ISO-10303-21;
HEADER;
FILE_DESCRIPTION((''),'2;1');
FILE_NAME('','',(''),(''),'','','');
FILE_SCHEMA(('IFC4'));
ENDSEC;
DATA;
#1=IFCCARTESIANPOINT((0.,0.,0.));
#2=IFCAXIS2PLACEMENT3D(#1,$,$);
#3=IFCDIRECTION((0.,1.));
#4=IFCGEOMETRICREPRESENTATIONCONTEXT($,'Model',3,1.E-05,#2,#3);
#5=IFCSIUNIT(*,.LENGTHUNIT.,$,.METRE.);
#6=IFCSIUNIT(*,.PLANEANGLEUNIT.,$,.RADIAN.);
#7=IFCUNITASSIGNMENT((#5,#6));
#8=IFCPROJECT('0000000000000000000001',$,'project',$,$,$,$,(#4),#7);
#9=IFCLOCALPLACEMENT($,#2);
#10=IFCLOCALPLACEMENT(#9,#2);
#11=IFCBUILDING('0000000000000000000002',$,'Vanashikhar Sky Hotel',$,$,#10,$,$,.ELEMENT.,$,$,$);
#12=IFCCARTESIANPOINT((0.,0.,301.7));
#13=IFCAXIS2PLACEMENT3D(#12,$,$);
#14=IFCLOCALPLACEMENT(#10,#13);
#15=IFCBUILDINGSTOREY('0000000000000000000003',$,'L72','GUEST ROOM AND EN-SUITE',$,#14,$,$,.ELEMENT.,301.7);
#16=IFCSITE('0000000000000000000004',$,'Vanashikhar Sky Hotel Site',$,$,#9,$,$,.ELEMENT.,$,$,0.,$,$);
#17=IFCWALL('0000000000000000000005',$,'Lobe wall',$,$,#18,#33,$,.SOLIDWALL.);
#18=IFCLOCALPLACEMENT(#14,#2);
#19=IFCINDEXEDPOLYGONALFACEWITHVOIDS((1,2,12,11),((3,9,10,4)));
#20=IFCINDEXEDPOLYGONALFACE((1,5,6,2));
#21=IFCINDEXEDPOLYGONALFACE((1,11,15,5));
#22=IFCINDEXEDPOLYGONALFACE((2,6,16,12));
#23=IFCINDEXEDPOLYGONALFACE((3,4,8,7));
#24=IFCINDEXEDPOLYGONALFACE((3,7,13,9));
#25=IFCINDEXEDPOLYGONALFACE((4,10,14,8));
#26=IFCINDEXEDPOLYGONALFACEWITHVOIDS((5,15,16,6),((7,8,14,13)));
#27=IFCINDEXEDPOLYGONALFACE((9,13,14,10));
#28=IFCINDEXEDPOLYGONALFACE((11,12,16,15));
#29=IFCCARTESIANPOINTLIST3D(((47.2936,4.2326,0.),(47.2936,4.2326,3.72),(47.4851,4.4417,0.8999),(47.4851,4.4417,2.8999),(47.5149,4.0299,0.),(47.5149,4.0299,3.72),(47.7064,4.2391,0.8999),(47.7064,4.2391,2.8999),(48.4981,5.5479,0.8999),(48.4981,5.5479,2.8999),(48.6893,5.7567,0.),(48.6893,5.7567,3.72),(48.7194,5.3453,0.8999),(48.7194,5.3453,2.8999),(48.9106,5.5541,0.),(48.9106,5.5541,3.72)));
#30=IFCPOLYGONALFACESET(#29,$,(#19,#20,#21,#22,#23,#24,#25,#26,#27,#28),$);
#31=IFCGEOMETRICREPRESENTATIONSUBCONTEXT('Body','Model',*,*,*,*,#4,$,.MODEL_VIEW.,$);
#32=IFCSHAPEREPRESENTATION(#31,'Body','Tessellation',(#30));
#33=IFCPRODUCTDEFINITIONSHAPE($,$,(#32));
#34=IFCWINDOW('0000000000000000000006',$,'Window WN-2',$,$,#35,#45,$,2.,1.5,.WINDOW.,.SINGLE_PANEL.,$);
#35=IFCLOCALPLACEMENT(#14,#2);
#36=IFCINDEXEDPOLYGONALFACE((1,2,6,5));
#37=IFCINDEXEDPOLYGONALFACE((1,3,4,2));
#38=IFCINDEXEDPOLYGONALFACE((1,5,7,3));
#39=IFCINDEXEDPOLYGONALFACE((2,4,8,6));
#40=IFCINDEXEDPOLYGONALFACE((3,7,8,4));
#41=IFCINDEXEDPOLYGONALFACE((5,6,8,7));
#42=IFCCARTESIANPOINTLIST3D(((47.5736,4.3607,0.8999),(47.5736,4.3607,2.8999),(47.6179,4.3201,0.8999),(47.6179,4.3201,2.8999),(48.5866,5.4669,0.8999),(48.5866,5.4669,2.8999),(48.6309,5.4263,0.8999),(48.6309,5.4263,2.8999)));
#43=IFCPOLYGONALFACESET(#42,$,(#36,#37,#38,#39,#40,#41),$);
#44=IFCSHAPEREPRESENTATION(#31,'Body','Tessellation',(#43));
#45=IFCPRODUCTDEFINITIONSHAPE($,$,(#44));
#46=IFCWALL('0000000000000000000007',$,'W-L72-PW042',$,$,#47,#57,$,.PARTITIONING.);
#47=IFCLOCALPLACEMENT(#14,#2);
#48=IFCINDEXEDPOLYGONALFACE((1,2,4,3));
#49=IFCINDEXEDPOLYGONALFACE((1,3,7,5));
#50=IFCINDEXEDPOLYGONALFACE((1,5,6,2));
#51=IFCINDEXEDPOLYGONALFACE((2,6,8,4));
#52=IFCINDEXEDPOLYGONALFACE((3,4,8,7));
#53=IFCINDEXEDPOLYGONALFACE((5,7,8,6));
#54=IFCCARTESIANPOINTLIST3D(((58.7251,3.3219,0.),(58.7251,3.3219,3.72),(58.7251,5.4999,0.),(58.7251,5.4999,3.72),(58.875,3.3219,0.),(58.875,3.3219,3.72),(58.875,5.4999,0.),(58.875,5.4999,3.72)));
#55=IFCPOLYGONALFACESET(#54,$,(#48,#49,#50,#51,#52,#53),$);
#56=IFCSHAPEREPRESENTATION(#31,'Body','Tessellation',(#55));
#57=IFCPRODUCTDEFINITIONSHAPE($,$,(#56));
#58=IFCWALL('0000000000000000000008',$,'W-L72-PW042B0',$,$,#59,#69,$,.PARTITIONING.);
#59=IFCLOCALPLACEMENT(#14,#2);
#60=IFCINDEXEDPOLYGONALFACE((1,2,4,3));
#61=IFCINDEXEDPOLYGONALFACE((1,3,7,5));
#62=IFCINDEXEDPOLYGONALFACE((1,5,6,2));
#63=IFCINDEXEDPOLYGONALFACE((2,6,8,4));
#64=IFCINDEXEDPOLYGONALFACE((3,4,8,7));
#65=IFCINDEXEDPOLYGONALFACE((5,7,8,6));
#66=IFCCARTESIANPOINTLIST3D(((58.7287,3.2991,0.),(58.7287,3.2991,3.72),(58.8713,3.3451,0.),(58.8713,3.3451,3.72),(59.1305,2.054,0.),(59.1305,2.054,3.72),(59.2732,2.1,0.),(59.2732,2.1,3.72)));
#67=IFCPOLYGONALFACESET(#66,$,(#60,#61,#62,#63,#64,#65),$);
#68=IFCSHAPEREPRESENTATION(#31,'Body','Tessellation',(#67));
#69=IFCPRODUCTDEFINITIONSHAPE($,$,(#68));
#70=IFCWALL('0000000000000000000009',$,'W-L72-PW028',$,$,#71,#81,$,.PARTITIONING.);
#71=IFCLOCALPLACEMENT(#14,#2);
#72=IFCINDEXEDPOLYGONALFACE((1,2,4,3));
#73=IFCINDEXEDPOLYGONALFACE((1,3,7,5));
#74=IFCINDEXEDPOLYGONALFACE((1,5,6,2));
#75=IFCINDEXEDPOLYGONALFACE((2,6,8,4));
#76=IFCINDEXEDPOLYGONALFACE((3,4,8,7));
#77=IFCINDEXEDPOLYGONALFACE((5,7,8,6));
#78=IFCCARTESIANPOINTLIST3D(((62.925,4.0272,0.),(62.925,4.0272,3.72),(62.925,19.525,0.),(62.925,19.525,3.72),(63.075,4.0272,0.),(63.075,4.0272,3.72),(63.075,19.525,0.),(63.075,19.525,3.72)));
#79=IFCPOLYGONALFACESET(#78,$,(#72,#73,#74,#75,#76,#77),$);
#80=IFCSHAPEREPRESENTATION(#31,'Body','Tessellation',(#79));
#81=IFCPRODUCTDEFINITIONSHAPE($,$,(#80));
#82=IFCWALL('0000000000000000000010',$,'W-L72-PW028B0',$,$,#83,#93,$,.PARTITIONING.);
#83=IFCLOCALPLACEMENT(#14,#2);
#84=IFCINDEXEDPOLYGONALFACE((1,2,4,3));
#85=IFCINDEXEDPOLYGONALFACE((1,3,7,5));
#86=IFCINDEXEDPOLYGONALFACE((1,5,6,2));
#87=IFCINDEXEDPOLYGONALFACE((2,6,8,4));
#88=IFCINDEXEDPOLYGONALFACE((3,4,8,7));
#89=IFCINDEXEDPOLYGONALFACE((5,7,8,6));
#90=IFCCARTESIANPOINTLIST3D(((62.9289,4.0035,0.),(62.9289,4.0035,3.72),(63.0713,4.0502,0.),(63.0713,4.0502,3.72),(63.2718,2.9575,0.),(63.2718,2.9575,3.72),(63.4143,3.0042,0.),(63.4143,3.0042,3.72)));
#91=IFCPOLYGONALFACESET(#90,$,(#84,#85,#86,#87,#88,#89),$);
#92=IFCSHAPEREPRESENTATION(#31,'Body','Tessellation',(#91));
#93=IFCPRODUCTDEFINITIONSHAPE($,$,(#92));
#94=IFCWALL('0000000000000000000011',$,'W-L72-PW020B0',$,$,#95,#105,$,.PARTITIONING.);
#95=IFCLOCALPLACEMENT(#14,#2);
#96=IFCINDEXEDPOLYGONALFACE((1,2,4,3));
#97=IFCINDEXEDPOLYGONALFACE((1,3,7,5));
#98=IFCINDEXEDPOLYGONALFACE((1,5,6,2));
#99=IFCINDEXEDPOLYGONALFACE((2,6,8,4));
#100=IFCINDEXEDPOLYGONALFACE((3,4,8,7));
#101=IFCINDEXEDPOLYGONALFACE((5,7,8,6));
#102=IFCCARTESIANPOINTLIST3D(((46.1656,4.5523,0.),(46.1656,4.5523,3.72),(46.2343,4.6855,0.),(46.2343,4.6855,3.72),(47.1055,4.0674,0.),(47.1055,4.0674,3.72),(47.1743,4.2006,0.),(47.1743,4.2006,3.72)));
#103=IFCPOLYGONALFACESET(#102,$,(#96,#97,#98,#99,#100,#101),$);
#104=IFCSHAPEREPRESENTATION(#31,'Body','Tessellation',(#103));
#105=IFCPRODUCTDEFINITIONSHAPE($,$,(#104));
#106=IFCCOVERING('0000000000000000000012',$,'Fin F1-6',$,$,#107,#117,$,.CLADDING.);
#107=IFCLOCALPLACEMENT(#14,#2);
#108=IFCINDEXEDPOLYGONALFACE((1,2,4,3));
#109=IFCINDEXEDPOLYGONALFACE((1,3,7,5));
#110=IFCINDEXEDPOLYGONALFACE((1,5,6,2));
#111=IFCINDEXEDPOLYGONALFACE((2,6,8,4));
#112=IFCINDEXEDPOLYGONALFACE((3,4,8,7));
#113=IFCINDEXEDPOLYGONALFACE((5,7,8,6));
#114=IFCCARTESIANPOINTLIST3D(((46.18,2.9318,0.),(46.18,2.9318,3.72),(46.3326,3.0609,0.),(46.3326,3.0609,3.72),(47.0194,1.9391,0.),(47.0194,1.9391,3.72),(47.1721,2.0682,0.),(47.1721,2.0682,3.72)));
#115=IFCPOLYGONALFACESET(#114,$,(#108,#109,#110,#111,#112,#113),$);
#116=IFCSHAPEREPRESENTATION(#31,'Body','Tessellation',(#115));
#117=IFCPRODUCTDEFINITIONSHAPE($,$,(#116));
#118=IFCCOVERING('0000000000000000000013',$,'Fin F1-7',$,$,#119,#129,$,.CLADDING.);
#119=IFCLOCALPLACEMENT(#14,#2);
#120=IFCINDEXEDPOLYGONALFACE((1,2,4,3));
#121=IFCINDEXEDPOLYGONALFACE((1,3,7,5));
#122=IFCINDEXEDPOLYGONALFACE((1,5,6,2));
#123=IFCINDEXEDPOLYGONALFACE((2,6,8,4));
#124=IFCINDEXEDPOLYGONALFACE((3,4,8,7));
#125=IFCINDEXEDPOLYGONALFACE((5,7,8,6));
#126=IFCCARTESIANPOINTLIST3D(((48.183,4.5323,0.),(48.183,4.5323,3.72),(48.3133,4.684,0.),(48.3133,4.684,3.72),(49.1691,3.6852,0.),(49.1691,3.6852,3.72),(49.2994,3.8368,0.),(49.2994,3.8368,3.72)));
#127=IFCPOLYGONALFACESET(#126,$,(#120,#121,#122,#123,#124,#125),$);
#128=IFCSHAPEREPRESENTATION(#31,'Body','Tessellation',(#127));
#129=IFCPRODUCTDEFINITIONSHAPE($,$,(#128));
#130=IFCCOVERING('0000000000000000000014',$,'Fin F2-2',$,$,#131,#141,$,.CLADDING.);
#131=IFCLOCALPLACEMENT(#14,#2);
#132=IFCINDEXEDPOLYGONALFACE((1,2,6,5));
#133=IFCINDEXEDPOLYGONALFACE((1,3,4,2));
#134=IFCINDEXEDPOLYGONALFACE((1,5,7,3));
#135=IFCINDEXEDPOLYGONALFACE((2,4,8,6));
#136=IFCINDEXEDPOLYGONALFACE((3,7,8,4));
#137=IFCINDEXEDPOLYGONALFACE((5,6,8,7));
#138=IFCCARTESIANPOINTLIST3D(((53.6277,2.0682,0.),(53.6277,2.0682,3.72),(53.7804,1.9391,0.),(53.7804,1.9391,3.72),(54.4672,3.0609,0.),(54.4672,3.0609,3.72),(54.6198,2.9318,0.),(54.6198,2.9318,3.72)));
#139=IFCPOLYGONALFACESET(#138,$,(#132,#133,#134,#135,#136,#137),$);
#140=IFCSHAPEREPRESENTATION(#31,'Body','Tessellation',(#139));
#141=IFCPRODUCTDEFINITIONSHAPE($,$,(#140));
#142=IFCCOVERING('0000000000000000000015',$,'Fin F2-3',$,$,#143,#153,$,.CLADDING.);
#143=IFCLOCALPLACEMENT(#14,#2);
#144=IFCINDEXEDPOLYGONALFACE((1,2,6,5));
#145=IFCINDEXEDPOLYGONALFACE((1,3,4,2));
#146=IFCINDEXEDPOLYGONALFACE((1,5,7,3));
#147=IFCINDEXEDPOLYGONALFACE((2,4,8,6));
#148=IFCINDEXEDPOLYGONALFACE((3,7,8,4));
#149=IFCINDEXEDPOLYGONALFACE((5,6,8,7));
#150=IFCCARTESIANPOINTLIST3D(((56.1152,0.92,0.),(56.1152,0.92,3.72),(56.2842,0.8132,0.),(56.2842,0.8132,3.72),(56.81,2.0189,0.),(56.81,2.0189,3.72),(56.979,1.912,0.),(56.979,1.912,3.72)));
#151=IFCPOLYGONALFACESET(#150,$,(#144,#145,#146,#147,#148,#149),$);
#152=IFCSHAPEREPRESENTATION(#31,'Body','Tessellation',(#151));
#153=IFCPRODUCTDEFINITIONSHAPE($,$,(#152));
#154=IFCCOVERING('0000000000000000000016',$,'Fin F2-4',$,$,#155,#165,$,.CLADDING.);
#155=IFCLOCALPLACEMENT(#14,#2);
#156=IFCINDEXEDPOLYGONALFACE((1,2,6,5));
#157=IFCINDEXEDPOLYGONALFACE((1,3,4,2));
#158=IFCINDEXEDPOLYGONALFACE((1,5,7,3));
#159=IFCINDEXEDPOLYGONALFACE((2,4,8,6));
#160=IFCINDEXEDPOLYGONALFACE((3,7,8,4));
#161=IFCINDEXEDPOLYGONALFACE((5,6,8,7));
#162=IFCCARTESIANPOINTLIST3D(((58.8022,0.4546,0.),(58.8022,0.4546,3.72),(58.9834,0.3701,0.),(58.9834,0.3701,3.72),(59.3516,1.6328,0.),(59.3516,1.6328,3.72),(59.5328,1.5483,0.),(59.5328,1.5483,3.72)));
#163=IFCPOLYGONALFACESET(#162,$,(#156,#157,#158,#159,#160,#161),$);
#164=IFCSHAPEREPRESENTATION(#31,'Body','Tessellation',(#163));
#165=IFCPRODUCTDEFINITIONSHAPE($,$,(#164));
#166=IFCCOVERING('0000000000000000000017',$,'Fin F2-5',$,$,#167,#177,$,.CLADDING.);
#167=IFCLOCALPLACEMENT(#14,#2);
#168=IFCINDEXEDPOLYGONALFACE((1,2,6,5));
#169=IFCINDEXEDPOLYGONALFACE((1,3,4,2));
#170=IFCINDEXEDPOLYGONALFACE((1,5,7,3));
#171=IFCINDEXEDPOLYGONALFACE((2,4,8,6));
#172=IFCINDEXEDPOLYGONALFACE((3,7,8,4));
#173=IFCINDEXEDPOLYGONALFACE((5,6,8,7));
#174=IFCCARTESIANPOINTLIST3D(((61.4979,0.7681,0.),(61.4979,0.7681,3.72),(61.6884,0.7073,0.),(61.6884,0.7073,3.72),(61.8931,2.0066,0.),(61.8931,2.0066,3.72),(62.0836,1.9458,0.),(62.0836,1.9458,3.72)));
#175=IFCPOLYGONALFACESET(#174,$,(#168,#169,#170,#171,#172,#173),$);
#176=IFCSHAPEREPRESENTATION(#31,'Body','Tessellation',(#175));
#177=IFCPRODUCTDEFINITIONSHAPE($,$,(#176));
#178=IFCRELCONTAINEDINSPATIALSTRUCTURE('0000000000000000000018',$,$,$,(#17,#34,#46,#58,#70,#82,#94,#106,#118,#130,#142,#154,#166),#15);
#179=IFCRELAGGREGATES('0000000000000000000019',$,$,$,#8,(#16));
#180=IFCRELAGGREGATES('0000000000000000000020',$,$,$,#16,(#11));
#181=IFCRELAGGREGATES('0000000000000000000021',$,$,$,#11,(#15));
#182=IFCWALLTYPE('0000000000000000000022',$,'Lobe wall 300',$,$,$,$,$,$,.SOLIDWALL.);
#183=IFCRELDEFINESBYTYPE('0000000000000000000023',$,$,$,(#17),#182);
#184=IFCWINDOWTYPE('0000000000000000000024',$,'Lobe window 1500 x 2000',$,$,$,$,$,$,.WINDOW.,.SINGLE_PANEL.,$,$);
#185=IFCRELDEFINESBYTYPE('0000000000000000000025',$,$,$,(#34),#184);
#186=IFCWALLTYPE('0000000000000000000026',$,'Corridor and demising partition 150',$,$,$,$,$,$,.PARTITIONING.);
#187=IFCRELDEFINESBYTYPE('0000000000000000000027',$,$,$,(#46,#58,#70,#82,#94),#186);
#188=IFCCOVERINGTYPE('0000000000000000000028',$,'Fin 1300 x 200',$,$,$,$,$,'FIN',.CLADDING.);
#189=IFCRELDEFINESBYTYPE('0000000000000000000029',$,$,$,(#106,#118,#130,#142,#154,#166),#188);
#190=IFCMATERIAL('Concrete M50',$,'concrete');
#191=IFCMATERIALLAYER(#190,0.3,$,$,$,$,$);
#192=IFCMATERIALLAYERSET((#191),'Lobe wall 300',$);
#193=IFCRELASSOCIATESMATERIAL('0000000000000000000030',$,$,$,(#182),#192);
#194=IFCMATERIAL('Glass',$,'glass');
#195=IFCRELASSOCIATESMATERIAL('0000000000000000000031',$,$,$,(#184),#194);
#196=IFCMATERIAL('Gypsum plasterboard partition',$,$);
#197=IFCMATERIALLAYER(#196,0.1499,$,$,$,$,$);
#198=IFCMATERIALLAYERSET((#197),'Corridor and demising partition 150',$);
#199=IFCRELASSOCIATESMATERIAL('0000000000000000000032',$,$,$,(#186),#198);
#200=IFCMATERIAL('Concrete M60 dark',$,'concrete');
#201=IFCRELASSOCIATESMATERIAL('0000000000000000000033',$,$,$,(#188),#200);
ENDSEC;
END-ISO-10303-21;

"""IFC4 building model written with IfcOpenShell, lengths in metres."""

from ifc_helpers import new_model, si_unit, direction, frame, frame_2d, origin, origin_2d, place, context, subcontext, project, spatial, rectangle, extrude, source, transform, mapped, material, layer, layer_set, material_profile, profile_set, type_object, element, fill, save


model = new_model("IFC4")

# Units and contexts
model_context = context("Model", 3, precision=1e-05, world=origin(), true_north=direction((0.0, 1.0)))
body_context = subcontext(model_context, "Body", "Model", "MODEL_VIEW")
ifc_project = project(units=[si_unit("LENGTHUNIT", "METRE"), si_unit("PLANEANGLEUNIT", "RADIAN")], contexts=[model_context])

# Site, building, storey
site_placement = place(None, origin())
site = spatial("IfcSite", under=ifc_project, at=site_placement, Name="Vanashikhar Sky Hotel Site", CompositionType="ELEMENT", RefElevation=0.0)
building_placement = place(site_placement, origin())
building = spatial("IfcBuilding", under=site, at=building_placement, Name="Vanashikhar Sky Hotel", CompositionType="ELEMENT")
storey_placement = place(building_placement, frame((0.0, 0.0, 301.7)))
storey = spatial("IfcBuildingStorey", under=building, at=storey_placement, Name="L72", Description="GUEST ROOM AND EN-SUITE", CompositionType="ELEMENT", Elevation=301.7)

# Wall, opening, window
ifc_material_1 = material(Name="Concrete M50", Category="concrete")
ifc_layer_1 = layer(ifc_material_1, 0.3)
ifc_layer_set_1 = layer_set([ifc_layer_1], Name="Lobe wall 300")
wall_type_1 = type_object("IfcWallType", Name="Lobe wall 300", PredefinedType="SOLIDWALL", material=ifc_layer_set_1)
shared_shape_1 = source(origin(), body_context, "Body", "SweptSolid", [
    extrude(rectangle(XDim=1.5, YDim=2.0, at=frame_2d((0.75, 1.0))), frame((0.0, 0.1602, 0.0), z_axis=(0.0, -1.0, 0.0), x_axis=(1.0, 0.0, 0.0)), (0.0, 0.0, 1.0), 0.3201),
])
ifc_material_2 = material(Name="Glass", Category="glass")
window_type = type_object("IfcWindowType", Name="Lobe window 1500 x 2000", PartitioningType="SINGLE_PANEL", PredefinedType="WINDOW", material=ifc_material_2)
shared_shape_2 = source(origin(), body_context, "Body", "SweptSolid", [
    extrude(rectangle(XDim=1.5, YDim=2.0, at=frame_2d((0.75, 1.0))), frame((0.0, 0.03, 0.0), z_axis=(0.0, -1.0, 0.0), x_axis=(1.0, 0.0, 0.0)), (0.0, 0.0, 1.0), 0.0601),
])
shared_shape_3 = source(origin(), body_context, "Body", "SweptSolid", [
    extrude(rectangle(XDim=2.0667, YDim=0.3, at=frame_2d((1.0332, 0.0))), origin(), (0.0, 0.0, 1.0), 3.72),
])
wall_1_placement = place(storey_placement, frame((47.4043, 4.1313, 0.0), z_axis=(0.0, 0.0, 1.0), x_axis=(0.675355, 0.737492, 0.0)))
wall_1 = element("IfcWall", 1, at=wall_1_placement, inside=storey, type_object=wall_type_1, Name="Lobe wall", PredefinedType="SOLIDWALL", context=body_context, shape_type="MappedRepresentation", body=[
    mapped(shared_shape_3, transform((0.0, 0.0, 0.0), scale=1.0)),
])
opening_1_placement = place(wall_1_placement, frame((0.2834, 0.0, 0.8999)))
opening_1 = element("IfcOpeningElement", 2, at=opening_1_placement, cuts=wall_1, PredefinedType="OPENING", context=body_context, shape_type="MappedRepresentation", body=[
    mapped(shared_shape_1, transform((0.0, 0.0, 0.0), scale=1.0)),
])
window_1_placement = place(opening_1_placement, origin())
window_1 = element("IfcWindow", 3, at=window_1_placement, inside=storey, type_object=window_type, Name="Window WN-2", OverallHeight=2.0, OverallWidth=1.5, PartitioningType="SINGLE_PANEL", PredefinedType="WINDOW", context=body_context, shape_type="MappedRepresentation", body=[
    mapped(shared_shape_2, transform((0.0, 0.0, 0.0), scale=1.0)),
])
fill(opening_1, window_1)

# Walls
ifc_material_3 = material(Name="Gypsum plasterboard partition")
ifc_layer_2 = layer(ifc_material_3, 0.1499)
ifc_layer_set_2 = layer_set([ifc_layer_2], Name="Corridor and demising partition 150")
wall_type_2 = type_object("IfcWallType", Name="Corridor and demising partition 150", PredefinedType="PARTITIONING", material=ifc_layer_set_2)
shared_shape_4 = source(origin(), body_context, "Body", "SweptSolid", [
    extrude(rectangle(XDim=2.178, YDim=0.1499, at=frame_2d((1.0889, 0.0))), origin(), (0.0, 0.0, 1.0), 3.72),
])
wall_2_placement = place(storey_placement, frame((58.8, 3.322, 0.0), z_axis=(0.0, 0.0, 1.0), x_axis=(0.0, 1.0, 0.0)))
element("IfcWall", 4, at=wall_2_placement, inside=storey, type_object=wall_type_2, Name="W-L72-PW042", PredefinedType="PARTITIONING", context=body_context, shape_type="MappedRepresentation", body=[
    mapped(shared_shape_4, transform((0.0, 0.0, 0.0), scale=1.0)),
])
shared_shape_5 = source(origin(), body_context, "Body", "SweptSolid", [
    extrude(rectangle(XDim=1.3083, YDim=0.1499, at=frame_2d((0.6543, 0.0))), origin(), (0.0, 0.0, 1.0), 3.72),
])
wall_3_placement = place(storey_placement, frame((59.2019, 2.0769, 0.0), z_axis=(0.0, 0.0, 1.0), x_axis=(-0.307145, 0.951663, 0.0)))
element("IfcWall", 5, at=wall_3_placement, inside=storey, type_object=wall_type_2, Name="W-L72-PW042B0", PredefinedType="PARTITIONING", context=body_context, shape_type="MappedRepresentation", body=[
    mapped(shared_shape_5, transform((0.0, 0.0, 0.0), scale=1.0)),
])
shared_shape_6 = source(origin(), body_context, "Body", "SweptSolid", [
    extrude(rectangle(XDim=15.4978, YDim=0.1499, at=frame_2d((7.749, 0.0))), origin(), (0.0, 0.0, 1.0), 3.72),
])
wall_4_placement = place(storey_placement, frame((63.0, 4.0271, 0.0), z_axis=(0.0, 0.0, 1.0), x_axis=(0.0, 1.0, 0.0)))
element("IfcWall", 6, at=wall_4_placement, inside=storey, type_object=wall_type_2, Name="W-L72-PW028", PredefinedType="PARTITIONING", context=body_context, shape_type="MappedRepresentation", body=[
    mapped(shared_shape_6, transform((0.0, 0.0, 0.0), scale=1.0)),
])
shared_shape_7 = source(origin(), body_context, "Body", "SweptSolid", [
    extrude(rectangle(XDim=1.1008, YDim=0.1499, at=frame_2d((0.5503, 0.0))), origin(), (0.0, 0.0, 1.0), 3.72),
])
wall_5_placement = place(storey_placement, frame((63.343, 2.981, 0.0), z_axis=(0.0, 0.0, 1.0), x_axis=(-0.311567, 0.950224, 0.0)))
element("IfcWall", 7, at=wall_5_placement, inside=storey, type_object=wall_type_2, Name="W-L72-PW028B0", PredefinedType="PARTITIONING", context=body_context, shape_type="MappedRepresentation", body=[
    mapped(shared_shape_7, transform((0.0, 0.0, 0.0), scale=1.0)),
])
shared_shape_8 = source(origin(), body_context, "Body", "SweptSolid", [
    extrude(rectangle(XDim=1.0576, YDim=0.1499, at=frame_2d((0.5288, 0.0))), origin(), (0.0, 0.0, 1.0), 3.72),
])
wall_6_placement = place(storey_placement, frame((47.1399, 4.134, 0.0), z_axis=(0.0, 0.0, 1.0), x_axis=(-0.888724, 0.458443, 0.0)))
element("IfcWall", 8, at=wall_6_placement, inside=storey, type_object=wall_type_2, Name="W-L72-PW020B0", PredefinedType="PARTITIONING", context=body_context, shape_type="MappedRepresentation", body=[
    mapped(shared_shape_8, transform((0.0, 0.0, 0.0), scale=1.0)),
])

# Coverings
ifc_material_4 = material(Name="Concrete M60 dark", Category="concrete")
ifc_material_profile = material_profile(ifc_material_4, rectangle(XDim=1.3, YDim=0.2, at=origin_2d()))
ifc_profile_set = profile_set([ifc_material_profile], Name="Fin 1300 x 200")
covering_type = type_object("IfcCoveringType", Name="Fin 1300 x 200", ElementType="FIN", PredefinedType="CLADDING", material=ifc_profile_set)
shared_shape_9 = source(origin(), body_context, "Body", "SweptSolid", [
    extrude(rectangle(XDim=1.3, YDim=0.2, at=origin_2d()), origin(), (0.0, 0.0, 1.0), 3.72),
])
for number, where, z_axis, x_axis, name in (
    (9, (46.676, 2.5, 0.0), (0.0, 0.0, 1.0), (0.645698, -0.763593, 0.0), "Fin F1-6"),
    (10, (48.7412, 4.1846, 0.0), (0.0, 0.0, 1.0), (0.758544, -0.651622, 0.0), "Fin F1-7"),
    (11, (54.1238, 2.5, 0.0), (0.0, 0.0, 1.0), (-0.645698, -0.763593, 0.0), "Fin F2-2"),
    (12, (56.5471, 1.416, 0.0), (0.0, 0.0, 1.0), (-0.534411, -0.845225, 0.0), "Fin F2-3"),
    (13, (59.1675, 1.0015, 0.0), (0.0, 0.0, 1.0), (-0.422618, -0.906308, 0.0), "Fin F2-4"),
    (14, (61.7908, 1.3569, 0.0), (0.0, 0.0, 1.0), (-0.303967, -0.952683, 0.0), "Fin F2-5"),
):
    element("IfcCovering", number, at=place(storey_placement, frame(where, z_axis=z_axis, x_axis=x_axis)), inside=storey, type_object=covering_type, Name=name, PredefinedType="CLADDING", context=body_context, shape_type="MappedRepresentation", body=[
        mapped(shared_shape_9, transform((0.0, 0.0, 0.0), scale=1.0)),
    ])

save(model, "model.ifc")
